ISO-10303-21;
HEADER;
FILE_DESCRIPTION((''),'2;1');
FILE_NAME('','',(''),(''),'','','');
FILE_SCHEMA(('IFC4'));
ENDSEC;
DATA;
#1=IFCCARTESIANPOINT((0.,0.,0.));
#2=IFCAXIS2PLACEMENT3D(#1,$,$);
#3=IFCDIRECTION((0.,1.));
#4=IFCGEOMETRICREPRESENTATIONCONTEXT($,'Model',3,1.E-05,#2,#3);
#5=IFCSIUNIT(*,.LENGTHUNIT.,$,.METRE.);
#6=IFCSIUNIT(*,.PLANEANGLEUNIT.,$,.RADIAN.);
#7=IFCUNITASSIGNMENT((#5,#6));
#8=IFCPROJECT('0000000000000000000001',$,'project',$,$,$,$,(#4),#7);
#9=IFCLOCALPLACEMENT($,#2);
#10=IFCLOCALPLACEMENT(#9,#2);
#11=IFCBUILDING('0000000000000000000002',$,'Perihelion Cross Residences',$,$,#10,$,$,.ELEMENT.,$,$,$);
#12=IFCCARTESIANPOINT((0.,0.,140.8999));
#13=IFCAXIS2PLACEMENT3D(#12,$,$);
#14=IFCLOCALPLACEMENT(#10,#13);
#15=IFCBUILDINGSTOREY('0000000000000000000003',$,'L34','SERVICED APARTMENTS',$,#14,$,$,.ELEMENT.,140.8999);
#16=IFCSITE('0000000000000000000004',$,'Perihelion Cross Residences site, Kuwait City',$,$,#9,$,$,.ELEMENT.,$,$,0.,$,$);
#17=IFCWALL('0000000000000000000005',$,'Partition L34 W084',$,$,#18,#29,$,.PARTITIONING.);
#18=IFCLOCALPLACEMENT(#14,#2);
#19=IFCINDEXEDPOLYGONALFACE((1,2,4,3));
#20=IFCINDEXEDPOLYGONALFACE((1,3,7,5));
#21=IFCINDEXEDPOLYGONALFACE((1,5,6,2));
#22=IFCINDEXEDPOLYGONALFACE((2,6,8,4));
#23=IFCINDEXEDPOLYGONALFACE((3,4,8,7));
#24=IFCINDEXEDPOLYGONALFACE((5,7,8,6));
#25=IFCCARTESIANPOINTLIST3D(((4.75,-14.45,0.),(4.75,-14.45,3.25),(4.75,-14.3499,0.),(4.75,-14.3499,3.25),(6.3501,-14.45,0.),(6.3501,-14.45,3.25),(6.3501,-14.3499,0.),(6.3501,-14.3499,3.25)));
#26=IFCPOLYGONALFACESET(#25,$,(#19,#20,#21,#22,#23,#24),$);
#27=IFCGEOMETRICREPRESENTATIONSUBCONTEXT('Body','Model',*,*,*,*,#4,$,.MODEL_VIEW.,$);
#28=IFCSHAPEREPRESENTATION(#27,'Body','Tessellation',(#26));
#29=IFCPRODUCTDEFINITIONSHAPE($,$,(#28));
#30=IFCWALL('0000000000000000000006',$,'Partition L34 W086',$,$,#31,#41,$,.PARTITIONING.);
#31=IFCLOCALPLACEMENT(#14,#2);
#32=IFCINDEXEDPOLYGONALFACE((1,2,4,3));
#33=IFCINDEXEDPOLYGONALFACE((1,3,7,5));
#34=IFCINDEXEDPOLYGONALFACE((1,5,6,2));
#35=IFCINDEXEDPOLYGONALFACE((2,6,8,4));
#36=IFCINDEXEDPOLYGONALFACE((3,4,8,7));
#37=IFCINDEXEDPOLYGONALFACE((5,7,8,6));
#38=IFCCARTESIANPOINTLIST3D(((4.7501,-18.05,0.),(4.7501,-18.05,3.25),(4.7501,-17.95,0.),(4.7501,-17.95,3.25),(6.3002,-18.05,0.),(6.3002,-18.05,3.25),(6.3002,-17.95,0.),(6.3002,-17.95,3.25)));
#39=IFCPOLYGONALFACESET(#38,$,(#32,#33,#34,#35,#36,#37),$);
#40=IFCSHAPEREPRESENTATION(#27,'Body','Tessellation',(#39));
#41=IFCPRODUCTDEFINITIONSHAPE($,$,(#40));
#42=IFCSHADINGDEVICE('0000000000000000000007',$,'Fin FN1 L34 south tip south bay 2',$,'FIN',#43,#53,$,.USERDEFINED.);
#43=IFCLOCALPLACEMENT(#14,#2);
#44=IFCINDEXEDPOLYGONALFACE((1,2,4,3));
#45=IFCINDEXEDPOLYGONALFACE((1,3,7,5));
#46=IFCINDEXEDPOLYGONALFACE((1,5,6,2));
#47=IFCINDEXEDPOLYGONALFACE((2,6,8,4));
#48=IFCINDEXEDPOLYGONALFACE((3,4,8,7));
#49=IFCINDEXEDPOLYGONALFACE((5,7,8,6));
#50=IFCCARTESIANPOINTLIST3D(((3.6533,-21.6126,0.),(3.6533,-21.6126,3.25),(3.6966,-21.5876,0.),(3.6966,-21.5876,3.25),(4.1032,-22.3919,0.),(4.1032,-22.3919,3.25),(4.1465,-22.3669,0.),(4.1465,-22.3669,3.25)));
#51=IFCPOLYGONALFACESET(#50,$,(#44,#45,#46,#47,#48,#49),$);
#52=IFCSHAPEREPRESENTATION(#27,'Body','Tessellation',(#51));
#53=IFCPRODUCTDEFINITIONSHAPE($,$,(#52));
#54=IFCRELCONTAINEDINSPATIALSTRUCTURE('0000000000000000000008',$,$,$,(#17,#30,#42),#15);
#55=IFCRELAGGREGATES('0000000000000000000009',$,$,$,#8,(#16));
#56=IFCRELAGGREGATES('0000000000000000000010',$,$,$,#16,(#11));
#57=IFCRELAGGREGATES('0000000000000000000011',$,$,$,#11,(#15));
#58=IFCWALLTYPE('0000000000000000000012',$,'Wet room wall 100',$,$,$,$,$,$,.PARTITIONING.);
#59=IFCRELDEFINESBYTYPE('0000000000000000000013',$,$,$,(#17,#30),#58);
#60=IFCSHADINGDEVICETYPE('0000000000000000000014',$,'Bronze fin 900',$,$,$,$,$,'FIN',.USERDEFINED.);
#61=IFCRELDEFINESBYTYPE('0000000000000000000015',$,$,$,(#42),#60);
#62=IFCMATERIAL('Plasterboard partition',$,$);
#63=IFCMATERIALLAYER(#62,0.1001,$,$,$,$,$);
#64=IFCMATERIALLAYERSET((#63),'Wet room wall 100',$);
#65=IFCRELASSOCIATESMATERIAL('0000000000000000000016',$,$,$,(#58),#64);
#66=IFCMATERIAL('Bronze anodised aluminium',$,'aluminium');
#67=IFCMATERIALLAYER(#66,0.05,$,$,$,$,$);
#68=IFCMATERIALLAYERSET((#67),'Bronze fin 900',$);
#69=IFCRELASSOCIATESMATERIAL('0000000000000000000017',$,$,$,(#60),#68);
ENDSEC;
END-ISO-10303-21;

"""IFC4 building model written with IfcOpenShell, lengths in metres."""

from ifc_helpers import new_model, si_unit, direction, frame, frame_2d, origin, origin_2d, place, context, subcontext, project, spatial, rectangle, extrude, material, layer, layer_set, type_object, element, save


model = new_model("IFC4")

# Units and contexts
model_context = context("Model", 3, precision=1e-05, world=origin(), true_north=direction((0.0, 1.0)))
body_context = subcontext(model_context, "Body", "Model", "MODEL_VIEW")
ifc_project = project(units=[si_unit("LENGTHUNIT", "METRE"), si_unit("PLANEANGLEUNIT", "RADIAN")], contexts=[model_context])

# Site, building, storey
site_placement = place(None, origin())
site = spatial("IfcSite", under=ifc_project, at=site_placement, Name="Perihelion Cross Residences site, Kuwait City", CompositionType="ELEMENT", RefElevation=0.0)
building_placement = place(site_placement, origin())
building = spatial("IfcBuilding", under=site, at=building_placement, Name="Perihelion Cross Residences", CompositionType="ELEMENT")
storey_placement = place(building_placement, frame((0.0, 0.0, 140.8999)))
storey = spatial("IfcBuildingStorey", under=building, at=storey_placement, Name="L34", Description="SERVICED APARTMENTS", CompositionType="ELEMENT", Elevation=140.8999)

# Shared definitions
ifc_material_1 = material(Name="Plasterboard partition")
ifc_layer_1 = layer(ifc_material_1, 0.1001)
ifc_layer_set_1 = layer_set([ifc_layer_1], Name="Wet room wall 100")
wall_type_1 = type_object("IfcWallType", Name="Wet room wall 100", PredefinedType="PARTITIONING", material=ifc_layer_set_1)

# Walls
wall_1_placement = place(storey_placement, frame((6.3501, -14.3999, 0.0), z_axis=(0.0, 0.0, 1.0), x_axis=(-1.0, 0.0, 0.0)))
element("IfcWall", 1, at=wall_1_placement, inside=storey, type_object=wall_type_1, Name="Partition L34 W084", PredefinedType="PARTITIONING", context=body_context, shape_type="SweptSolid", body=[
    extrude(rectangle(XDim=1.6001, YDim=0.1001, at=frame_2d((0.8, 0.0))), origin(), (0.0, 0.0, 1.0), 3.25),
])
wall_2_placement = place(storey_placement, frame((6.3, -18.0, 0.0), z_axis=(0.0, 0.0, 1.0), x_axis=(-1.0, 0.0, 0.0)))
element("IfcWall", 2, at=wall_2_placement, inside=storey, type_object=wall_type_1, Name="Partition L34 W086", PredefinedType="PARTITIONING", context=body_context, shape_type="SweptSolid", body=[
    extrude(rectangle(XDim=1.55, YDim=0.1001, at=frame_2d((0.7749, 0.0))), origin(), (0.0, 0.0, 1.0), 3.25),
])

# Shading device
ifc_material_2 = material(Name="Bronze anodised aluminium", Category="aluminium")
ifc_layer_2 = layer(ifc_material_2, 0.05)
ifc_layer_set_2 = layer_set([ifc_layer_2], Name="Bronze fin 900")
shading_device_type = type_object("IfcShadingDeviceType", Name="Bronze fin 900", ElementType="FIN", PredefinedType="USERDEFINED", material=ifc_layer_set_2)
shading_device_placement = place(storey_placement, frame((3.8999, -21.9897, 0.0), z_axis=(0.0, 0.0, 1.0), x_axis=(0.5, -0.866025, 0.0)))
element("IfcShadingDevice", 3, at=shading_device_placement, inside=storey, type_object=shading_device_type, Name="Fin FN1 L34 south tip south bay 2", ObjectType="FIN", PredefinedType="USERDEFINED", context=body_context, shape_type="SweptSolid", body=[
    extrude(rectangle(XDim=0.8999, YDim=0.05, at=origin_2d()), origin(), (0.0, 0.0, 1.0), 3.25),
])

save(model, "model.ifc")
